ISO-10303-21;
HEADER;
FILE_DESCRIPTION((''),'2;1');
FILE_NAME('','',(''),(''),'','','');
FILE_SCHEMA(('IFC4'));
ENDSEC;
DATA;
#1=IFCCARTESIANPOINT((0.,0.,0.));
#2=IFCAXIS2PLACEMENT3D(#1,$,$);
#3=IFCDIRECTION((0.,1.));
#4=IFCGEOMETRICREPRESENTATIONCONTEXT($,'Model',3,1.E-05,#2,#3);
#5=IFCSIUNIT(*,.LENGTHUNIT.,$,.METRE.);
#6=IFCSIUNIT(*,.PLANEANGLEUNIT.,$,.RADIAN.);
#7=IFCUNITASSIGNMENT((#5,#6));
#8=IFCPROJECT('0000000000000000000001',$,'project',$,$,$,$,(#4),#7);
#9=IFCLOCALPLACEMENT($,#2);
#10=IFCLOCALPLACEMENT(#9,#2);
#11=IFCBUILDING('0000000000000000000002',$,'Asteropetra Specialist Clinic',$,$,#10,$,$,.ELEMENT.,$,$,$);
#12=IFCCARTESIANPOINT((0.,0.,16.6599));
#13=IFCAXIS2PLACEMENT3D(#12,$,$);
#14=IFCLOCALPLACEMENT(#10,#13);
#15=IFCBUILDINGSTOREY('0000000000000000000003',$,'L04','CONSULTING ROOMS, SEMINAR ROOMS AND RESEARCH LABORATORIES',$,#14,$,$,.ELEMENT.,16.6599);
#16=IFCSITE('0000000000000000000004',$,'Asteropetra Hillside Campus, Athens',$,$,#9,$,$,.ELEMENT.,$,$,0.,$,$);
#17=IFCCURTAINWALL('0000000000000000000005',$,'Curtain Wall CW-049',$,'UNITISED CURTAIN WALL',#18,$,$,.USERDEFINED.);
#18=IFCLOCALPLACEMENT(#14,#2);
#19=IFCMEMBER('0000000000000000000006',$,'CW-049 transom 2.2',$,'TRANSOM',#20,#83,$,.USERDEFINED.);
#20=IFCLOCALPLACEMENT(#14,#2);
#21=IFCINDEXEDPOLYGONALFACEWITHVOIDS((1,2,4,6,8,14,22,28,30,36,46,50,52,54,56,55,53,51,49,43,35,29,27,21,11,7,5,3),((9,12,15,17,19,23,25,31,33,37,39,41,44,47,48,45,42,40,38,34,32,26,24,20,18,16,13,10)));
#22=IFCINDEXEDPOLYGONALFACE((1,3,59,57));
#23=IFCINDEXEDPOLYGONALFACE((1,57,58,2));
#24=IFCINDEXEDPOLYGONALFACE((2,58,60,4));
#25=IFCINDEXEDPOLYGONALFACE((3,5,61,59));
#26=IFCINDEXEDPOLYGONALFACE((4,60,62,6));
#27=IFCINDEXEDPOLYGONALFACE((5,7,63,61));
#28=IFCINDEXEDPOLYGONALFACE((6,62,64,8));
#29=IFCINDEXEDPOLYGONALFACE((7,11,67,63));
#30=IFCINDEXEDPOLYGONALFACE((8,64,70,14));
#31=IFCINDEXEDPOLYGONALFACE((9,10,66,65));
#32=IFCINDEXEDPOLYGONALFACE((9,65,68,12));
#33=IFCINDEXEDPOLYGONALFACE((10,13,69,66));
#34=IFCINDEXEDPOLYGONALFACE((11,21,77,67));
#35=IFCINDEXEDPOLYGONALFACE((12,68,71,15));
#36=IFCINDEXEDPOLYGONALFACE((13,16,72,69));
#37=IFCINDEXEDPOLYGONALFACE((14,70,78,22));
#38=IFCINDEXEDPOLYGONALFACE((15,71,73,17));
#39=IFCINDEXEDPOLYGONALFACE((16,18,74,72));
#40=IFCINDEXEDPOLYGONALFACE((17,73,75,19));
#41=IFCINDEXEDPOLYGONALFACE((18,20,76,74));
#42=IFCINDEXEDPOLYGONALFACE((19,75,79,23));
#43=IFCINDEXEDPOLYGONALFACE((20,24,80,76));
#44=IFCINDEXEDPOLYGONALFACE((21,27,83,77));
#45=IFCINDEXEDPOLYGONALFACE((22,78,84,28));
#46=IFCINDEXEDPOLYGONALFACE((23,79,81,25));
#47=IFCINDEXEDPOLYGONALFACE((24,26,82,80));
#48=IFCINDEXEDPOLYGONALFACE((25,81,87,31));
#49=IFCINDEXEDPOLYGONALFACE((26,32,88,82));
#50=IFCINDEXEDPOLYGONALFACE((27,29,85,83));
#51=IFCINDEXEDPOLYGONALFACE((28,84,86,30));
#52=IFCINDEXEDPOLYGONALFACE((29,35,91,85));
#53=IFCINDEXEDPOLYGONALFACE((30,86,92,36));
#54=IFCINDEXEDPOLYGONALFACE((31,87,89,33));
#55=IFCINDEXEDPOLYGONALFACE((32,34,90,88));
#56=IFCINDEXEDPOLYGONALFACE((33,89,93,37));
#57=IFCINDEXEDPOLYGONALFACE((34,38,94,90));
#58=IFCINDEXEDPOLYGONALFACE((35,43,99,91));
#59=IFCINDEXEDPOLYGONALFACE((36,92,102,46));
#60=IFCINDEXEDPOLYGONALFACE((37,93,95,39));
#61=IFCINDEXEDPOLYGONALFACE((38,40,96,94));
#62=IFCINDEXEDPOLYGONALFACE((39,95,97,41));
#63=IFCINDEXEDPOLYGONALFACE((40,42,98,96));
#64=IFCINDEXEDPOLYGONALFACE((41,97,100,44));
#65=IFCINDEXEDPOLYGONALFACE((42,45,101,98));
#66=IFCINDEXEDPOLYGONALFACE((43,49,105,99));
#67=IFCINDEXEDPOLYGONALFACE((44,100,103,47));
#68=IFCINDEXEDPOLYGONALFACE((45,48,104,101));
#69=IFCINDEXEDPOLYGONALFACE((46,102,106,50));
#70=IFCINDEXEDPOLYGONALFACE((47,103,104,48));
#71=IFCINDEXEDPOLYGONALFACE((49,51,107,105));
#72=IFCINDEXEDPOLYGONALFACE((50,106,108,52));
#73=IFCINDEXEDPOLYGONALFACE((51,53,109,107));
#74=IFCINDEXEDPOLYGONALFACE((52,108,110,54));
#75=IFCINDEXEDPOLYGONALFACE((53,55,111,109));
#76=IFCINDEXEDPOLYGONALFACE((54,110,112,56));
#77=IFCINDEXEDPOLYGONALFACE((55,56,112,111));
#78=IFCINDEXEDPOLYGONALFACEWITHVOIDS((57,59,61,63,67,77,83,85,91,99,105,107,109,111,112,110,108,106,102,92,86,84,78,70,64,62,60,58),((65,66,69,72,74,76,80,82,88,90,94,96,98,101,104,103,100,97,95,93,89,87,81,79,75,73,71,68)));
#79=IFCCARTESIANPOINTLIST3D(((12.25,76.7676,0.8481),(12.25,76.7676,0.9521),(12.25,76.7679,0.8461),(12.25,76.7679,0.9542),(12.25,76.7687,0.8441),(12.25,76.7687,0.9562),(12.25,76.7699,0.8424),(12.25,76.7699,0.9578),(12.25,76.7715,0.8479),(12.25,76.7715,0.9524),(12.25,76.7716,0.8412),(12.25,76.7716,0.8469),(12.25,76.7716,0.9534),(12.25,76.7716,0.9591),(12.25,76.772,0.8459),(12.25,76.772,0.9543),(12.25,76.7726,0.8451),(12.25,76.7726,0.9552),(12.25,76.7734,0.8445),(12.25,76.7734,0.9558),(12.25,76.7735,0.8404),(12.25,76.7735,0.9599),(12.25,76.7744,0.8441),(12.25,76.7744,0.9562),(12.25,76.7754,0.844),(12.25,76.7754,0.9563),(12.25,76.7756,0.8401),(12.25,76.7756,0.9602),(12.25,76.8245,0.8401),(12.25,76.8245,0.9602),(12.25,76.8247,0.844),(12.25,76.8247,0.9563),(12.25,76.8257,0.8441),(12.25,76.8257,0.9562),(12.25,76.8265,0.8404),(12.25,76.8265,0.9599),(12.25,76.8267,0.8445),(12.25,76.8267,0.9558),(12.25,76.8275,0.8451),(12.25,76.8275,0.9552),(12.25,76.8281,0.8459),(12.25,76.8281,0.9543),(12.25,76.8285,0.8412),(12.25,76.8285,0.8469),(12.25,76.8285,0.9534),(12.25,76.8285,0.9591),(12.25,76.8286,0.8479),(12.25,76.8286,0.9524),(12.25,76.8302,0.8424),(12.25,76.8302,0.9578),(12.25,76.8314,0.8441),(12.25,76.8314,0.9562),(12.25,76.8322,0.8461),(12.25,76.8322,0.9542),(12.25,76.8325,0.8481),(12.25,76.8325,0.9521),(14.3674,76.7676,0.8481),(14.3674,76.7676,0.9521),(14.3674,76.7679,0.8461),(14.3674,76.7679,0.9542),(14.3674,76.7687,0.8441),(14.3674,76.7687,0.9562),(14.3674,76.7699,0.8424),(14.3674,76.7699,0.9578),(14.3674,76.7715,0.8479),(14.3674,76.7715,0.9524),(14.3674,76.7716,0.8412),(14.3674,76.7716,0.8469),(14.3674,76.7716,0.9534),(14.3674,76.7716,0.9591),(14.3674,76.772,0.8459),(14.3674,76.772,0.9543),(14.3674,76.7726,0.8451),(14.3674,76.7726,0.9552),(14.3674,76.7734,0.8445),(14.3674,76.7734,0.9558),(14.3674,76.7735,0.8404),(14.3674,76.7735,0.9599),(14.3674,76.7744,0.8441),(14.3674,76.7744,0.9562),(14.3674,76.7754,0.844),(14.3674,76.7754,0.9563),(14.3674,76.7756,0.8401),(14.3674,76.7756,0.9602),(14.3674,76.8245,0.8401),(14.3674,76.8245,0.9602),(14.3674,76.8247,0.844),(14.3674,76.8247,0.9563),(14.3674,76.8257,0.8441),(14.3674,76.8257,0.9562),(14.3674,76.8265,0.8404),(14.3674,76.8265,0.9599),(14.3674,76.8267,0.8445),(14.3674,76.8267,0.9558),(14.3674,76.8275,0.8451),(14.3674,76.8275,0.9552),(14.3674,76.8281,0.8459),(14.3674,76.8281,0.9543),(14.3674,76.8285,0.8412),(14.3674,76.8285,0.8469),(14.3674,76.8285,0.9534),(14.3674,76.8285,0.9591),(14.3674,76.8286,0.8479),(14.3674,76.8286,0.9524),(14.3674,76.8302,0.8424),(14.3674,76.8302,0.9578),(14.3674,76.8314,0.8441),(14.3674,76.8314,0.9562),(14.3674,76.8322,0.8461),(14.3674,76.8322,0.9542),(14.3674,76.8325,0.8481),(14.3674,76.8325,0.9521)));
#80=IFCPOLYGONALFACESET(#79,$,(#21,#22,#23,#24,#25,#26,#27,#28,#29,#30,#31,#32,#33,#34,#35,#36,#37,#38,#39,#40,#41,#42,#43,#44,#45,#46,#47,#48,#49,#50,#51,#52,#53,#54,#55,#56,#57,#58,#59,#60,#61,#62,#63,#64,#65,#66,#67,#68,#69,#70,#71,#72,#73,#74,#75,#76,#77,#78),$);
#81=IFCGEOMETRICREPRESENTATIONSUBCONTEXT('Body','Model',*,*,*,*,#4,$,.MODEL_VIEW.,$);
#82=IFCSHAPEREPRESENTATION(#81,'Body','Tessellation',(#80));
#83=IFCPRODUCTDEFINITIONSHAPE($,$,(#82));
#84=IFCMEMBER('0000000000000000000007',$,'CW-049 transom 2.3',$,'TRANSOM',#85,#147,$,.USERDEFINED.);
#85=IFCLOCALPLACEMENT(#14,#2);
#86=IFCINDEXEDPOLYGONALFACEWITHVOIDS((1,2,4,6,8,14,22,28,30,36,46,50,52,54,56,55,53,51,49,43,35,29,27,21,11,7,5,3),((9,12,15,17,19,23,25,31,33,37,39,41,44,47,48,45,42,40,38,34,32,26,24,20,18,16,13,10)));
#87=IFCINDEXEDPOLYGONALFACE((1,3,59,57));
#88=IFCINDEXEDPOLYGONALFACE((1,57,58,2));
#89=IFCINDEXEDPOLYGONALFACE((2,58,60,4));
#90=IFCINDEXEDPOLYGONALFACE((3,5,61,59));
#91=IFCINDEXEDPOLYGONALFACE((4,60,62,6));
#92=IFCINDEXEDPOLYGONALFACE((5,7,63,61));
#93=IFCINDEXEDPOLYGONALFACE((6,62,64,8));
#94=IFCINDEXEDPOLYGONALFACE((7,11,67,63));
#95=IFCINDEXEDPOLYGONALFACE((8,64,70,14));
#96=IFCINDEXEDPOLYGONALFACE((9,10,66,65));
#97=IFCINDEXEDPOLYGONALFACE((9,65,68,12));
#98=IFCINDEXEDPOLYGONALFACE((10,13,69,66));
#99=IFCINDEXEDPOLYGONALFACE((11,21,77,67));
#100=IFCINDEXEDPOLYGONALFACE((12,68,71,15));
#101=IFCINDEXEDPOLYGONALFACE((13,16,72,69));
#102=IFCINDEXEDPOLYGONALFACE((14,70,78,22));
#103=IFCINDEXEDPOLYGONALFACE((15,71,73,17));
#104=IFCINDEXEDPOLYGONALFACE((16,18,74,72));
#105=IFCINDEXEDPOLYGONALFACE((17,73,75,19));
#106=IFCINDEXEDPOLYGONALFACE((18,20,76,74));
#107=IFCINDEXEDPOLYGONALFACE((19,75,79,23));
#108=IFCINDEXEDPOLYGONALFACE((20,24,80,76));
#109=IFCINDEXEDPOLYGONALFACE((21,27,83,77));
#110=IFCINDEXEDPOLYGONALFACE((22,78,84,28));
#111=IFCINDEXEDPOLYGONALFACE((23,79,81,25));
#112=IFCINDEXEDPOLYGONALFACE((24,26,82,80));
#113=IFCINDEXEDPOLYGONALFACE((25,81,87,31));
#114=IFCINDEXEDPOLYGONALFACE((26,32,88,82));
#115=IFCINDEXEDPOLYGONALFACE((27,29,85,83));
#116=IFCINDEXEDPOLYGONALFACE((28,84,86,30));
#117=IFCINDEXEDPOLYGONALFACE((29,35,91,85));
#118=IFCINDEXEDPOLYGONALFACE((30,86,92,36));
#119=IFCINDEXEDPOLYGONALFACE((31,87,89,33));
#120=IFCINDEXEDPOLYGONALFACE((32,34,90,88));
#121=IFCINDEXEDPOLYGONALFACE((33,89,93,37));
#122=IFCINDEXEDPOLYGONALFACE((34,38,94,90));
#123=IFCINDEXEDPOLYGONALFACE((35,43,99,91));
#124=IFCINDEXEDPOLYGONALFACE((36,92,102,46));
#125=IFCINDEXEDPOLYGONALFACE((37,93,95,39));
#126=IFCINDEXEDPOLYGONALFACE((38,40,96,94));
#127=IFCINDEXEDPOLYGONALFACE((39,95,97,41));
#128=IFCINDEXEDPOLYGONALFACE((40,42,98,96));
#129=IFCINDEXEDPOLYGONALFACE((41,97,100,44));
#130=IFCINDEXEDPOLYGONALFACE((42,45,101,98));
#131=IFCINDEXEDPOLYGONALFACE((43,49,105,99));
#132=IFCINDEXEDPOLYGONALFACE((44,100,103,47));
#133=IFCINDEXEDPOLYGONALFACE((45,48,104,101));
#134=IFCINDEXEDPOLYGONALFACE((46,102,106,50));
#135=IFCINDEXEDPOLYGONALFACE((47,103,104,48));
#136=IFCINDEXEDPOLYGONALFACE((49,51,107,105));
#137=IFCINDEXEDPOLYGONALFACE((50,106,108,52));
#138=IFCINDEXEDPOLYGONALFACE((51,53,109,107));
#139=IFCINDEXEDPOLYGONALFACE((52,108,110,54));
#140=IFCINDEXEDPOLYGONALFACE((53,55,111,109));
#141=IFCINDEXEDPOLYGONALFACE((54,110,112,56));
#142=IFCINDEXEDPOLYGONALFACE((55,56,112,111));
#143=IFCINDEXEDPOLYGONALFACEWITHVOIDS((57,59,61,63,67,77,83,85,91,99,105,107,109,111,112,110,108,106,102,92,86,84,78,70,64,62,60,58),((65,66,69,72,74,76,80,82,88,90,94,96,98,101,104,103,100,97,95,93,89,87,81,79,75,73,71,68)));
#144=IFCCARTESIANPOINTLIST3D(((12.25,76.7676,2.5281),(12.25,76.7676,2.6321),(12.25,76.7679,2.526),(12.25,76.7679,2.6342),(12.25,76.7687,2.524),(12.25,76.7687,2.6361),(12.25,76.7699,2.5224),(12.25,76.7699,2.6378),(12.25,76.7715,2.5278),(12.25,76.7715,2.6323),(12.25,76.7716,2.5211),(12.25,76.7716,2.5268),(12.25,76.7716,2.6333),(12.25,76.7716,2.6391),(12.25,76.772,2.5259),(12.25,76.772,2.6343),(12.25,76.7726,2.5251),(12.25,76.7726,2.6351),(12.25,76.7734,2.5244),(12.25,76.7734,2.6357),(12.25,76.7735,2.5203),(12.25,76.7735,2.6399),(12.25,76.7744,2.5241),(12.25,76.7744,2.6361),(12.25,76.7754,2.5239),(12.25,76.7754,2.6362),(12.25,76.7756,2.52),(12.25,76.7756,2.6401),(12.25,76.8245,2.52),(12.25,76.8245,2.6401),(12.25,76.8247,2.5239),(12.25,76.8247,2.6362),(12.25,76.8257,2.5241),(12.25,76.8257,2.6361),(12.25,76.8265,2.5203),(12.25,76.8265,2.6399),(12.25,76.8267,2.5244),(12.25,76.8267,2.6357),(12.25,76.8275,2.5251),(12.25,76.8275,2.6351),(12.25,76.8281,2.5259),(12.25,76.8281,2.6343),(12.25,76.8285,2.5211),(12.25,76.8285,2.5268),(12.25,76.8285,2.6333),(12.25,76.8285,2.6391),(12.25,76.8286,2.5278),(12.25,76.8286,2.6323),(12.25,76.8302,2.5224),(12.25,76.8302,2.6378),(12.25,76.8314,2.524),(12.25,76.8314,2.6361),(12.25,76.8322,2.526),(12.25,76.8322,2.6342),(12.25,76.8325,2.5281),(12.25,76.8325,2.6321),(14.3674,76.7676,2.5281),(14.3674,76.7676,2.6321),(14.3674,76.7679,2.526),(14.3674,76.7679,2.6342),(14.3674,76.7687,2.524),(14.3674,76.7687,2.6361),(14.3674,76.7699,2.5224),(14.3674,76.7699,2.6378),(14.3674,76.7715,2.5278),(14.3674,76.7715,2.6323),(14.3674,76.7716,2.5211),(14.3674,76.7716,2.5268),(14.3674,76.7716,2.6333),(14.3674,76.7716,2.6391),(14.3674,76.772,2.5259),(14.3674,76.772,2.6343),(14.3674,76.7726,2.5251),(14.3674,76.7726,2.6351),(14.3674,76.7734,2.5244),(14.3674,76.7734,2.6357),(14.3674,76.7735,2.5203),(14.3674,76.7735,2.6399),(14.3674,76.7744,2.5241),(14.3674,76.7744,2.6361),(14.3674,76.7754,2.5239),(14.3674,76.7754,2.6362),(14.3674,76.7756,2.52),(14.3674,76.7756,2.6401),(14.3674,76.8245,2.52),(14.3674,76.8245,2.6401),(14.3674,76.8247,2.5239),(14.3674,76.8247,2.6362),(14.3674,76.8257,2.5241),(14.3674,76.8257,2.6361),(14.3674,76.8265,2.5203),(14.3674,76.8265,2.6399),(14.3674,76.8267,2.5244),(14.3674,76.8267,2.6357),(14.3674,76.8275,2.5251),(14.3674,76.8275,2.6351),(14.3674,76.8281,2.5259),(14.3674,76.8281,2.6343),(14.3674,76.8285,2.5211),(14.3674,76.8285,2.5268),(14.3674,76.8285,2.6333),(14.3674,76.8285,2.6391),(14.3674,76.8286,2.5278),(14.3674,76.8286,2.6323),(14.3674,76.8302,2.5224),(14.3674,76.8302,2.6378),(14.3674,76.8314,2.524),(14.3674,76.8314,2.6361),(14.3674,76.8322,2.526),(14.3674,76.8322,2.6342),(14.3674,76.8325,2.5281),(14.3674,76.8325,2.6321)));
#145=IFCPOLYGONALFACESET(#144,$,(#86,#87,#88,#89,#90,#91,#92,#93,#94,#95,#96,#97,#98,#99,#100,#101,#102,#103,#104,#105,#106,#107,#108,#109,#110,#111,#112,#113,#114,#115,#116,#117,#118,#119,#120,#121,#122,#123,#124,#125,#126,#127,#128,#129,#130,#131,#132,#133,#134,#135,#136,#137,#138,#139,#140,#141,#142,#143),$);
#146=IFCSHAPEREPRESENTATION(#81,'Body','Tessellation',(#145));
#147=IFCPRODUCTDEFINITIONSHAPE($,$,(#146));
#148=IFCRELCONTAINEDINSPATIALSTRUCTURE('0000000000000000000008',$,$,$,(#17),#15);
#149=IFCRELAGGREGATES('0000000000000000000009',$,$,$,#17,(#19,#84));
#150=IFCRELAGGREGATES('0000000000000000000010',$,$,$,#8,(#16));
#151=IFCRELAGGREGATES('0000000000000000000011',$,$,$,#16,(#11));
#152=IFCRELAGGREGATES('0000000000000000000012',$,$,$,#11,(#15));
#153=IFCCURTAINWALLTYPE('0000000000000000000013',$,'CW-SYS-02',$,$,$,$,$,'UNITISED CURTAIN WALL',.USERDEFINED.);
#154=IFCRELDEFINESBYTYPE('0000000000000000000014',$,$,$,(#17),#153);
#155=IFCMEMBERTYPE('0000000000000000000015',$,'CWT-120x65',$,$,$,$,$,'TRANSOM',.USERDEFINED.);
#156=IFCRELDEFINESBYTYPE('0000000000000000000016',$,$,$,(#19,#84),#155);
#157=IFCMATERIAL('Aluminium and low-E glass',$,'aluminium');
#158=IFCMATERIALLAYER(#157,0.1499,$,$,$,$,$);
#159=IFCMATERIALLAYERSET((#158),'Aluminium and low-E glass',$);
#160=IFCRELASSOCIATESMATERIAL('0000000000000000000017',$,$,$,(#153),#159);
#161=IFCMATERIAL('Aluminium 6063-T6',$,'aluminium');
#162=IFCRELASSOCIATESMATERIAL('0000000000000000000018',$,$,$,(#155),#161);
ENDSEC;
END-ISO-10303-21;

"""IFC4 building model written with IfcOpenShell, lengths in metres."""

from ifc_helpers import new_model, si_unit, direction, frame, origin, origin_2d, place, context, subcontext, project, spatial, hollow_rectangle, extrude, material, layer, layer_set, material_profile, profile_set, type_object, element, aggregate, save


model = new_model("IFC4")

# Units and contexts
model_context = context("Model", 3, precision=1e-05, world=origin(), true_north=direction((0.0, 1.0)))
body_context = subcontext(model_context, "Body", "Model", "MODEL_VIEW")
ifc_project = project(units=[si_unit("LENGTHUNIT", "METRE"), si_unit("PLANEANGLEUNIT", "RADIAN")], contexts=[model_context])

# Site, building, storey
site_placement = place(None, origin())
site = spatial("IfcSite", under=ifc_project, at=site_placement, Name="Asteropetra Hillside Campus, Athens", CompositionType="ELEMENT", RefElevation=0.0)
building_placement = place(site_placement, origin())
building = spatial("IfcBuilding", under=site, at=building_placement, Name="Asteropetra Specialist Clinic", CompositionType="ELEMENT")
storey_placement = place(building_placement, frame((0.0, 0.0, 16.6599)))
storey = spatial("IfcBuildingStorey", under=building, at=storey_placement, Name="L04", Description="CONSULTING ROOMS, SEMINAR ROOMS AND RESEARCH LABORATORIES", CompositionType="ELEMENT", Elevation=16.6599)

# Curtain wall, members
ifc_material_1 = material(Name="Aluminium and low-E glass", Category="aluminium")
ifc_layer_1 = layer(ifc_material_1, 0.1499)
ifc_layer_set_1 = layer_set([ifc_layer_1], Name="Aluminium and low-E glass")
curtain_wall_type = type_object("IfcCurtainWallType", Name="CW-SYS-02", ElementType="UNITISED CURTAIN WALL", PredefinedType="USERDEFINED", material=ifc_layer_set_1)
curtain_wall_placement = place(storey_placement, origin())
curtain_wall = element("IfcCurtainWall", 1, at=curtain_wall_placement, inside=storey, type_object=curtain_wall_type, Name="Curtain Wall CW-049", ObjectType="UNITISED CURTAIN WALL", PredefinedType="USERDEFINED")
ifc_material_2 = material(Name="Aluminium 6063-T6", Category="aluminium")
ifc_material_profile_1 = material_profile(ifc_material_2, hollow_rectangle(XDim=0.0649, YDim=0.1201, WallThickness=0.0039, InnerFilletRadius=0.0039, OuterFilletRadius=0.0081, at=origin_2d()), Name="TRN 120x65x4.0")
ifc_profile_set_1 = profile_set([ifc_material_profile_1], Name="Aluminium 6063-T6")
member_type_1 = type_object("IfcMemberType", Name="CWT-120x65", ElementType="TRANSOM", PredefinedType="USERDEFINED", material=ifc_profile_set_1)
member_1_placement = place(storey_placement, frame((12.25, 76.8, 0.9001), z_axis=(1.0, 0.0, 0.0), x_axis=(0.0, 1.0, 0.0)))
member_1 = element("IfcMember", 2, at=member_1_placement, type_object=member_type_1, Name="CW-049 transom 2.2", ObjectType="TRANSOM", PredefinedType="USERDEFINED", context=body_context, shape_type="SweptSolid", body=[
    extrude(hollow_rectangle(XDim=0.0649, YDim=0.1201, WallThickness=0.0039, InnerFilletRadius=0.0039, OuterFilletRadius=0.0081, at=origin_2d()), origin(), (0.0, 0.0, 1.0), 2.1174),
])
member_2_placement = place(storey_placement, frame((12.25, 76.8, 2.5801), z_axis=(1.0, 0.0, 0.0), x_axis=(0.0, 1.0, 0.0)))
member_2 = element("IfcMember", 3, at=member_2_placement, type_object=member_type_1, Name="CW-049 transom 2.3", ObjectType="TRANSOM", PredefinedType="USERDEFINED", context=body_context, shape_type="SweptSolid", body=[
    extrude(hollow_rectangle(XDim=0.0649, YDim=0.1201, WallThickness=0.0039, InnerFilletRadius=0.0039, OuterFilletRadius=0.0081, at=origin_2d()), origin(), (0.0, 0.0, 1.0), 2.1174),
])

aggregate(curtain_wall, [member_1, member_2])

save(model, "model.ifc")
